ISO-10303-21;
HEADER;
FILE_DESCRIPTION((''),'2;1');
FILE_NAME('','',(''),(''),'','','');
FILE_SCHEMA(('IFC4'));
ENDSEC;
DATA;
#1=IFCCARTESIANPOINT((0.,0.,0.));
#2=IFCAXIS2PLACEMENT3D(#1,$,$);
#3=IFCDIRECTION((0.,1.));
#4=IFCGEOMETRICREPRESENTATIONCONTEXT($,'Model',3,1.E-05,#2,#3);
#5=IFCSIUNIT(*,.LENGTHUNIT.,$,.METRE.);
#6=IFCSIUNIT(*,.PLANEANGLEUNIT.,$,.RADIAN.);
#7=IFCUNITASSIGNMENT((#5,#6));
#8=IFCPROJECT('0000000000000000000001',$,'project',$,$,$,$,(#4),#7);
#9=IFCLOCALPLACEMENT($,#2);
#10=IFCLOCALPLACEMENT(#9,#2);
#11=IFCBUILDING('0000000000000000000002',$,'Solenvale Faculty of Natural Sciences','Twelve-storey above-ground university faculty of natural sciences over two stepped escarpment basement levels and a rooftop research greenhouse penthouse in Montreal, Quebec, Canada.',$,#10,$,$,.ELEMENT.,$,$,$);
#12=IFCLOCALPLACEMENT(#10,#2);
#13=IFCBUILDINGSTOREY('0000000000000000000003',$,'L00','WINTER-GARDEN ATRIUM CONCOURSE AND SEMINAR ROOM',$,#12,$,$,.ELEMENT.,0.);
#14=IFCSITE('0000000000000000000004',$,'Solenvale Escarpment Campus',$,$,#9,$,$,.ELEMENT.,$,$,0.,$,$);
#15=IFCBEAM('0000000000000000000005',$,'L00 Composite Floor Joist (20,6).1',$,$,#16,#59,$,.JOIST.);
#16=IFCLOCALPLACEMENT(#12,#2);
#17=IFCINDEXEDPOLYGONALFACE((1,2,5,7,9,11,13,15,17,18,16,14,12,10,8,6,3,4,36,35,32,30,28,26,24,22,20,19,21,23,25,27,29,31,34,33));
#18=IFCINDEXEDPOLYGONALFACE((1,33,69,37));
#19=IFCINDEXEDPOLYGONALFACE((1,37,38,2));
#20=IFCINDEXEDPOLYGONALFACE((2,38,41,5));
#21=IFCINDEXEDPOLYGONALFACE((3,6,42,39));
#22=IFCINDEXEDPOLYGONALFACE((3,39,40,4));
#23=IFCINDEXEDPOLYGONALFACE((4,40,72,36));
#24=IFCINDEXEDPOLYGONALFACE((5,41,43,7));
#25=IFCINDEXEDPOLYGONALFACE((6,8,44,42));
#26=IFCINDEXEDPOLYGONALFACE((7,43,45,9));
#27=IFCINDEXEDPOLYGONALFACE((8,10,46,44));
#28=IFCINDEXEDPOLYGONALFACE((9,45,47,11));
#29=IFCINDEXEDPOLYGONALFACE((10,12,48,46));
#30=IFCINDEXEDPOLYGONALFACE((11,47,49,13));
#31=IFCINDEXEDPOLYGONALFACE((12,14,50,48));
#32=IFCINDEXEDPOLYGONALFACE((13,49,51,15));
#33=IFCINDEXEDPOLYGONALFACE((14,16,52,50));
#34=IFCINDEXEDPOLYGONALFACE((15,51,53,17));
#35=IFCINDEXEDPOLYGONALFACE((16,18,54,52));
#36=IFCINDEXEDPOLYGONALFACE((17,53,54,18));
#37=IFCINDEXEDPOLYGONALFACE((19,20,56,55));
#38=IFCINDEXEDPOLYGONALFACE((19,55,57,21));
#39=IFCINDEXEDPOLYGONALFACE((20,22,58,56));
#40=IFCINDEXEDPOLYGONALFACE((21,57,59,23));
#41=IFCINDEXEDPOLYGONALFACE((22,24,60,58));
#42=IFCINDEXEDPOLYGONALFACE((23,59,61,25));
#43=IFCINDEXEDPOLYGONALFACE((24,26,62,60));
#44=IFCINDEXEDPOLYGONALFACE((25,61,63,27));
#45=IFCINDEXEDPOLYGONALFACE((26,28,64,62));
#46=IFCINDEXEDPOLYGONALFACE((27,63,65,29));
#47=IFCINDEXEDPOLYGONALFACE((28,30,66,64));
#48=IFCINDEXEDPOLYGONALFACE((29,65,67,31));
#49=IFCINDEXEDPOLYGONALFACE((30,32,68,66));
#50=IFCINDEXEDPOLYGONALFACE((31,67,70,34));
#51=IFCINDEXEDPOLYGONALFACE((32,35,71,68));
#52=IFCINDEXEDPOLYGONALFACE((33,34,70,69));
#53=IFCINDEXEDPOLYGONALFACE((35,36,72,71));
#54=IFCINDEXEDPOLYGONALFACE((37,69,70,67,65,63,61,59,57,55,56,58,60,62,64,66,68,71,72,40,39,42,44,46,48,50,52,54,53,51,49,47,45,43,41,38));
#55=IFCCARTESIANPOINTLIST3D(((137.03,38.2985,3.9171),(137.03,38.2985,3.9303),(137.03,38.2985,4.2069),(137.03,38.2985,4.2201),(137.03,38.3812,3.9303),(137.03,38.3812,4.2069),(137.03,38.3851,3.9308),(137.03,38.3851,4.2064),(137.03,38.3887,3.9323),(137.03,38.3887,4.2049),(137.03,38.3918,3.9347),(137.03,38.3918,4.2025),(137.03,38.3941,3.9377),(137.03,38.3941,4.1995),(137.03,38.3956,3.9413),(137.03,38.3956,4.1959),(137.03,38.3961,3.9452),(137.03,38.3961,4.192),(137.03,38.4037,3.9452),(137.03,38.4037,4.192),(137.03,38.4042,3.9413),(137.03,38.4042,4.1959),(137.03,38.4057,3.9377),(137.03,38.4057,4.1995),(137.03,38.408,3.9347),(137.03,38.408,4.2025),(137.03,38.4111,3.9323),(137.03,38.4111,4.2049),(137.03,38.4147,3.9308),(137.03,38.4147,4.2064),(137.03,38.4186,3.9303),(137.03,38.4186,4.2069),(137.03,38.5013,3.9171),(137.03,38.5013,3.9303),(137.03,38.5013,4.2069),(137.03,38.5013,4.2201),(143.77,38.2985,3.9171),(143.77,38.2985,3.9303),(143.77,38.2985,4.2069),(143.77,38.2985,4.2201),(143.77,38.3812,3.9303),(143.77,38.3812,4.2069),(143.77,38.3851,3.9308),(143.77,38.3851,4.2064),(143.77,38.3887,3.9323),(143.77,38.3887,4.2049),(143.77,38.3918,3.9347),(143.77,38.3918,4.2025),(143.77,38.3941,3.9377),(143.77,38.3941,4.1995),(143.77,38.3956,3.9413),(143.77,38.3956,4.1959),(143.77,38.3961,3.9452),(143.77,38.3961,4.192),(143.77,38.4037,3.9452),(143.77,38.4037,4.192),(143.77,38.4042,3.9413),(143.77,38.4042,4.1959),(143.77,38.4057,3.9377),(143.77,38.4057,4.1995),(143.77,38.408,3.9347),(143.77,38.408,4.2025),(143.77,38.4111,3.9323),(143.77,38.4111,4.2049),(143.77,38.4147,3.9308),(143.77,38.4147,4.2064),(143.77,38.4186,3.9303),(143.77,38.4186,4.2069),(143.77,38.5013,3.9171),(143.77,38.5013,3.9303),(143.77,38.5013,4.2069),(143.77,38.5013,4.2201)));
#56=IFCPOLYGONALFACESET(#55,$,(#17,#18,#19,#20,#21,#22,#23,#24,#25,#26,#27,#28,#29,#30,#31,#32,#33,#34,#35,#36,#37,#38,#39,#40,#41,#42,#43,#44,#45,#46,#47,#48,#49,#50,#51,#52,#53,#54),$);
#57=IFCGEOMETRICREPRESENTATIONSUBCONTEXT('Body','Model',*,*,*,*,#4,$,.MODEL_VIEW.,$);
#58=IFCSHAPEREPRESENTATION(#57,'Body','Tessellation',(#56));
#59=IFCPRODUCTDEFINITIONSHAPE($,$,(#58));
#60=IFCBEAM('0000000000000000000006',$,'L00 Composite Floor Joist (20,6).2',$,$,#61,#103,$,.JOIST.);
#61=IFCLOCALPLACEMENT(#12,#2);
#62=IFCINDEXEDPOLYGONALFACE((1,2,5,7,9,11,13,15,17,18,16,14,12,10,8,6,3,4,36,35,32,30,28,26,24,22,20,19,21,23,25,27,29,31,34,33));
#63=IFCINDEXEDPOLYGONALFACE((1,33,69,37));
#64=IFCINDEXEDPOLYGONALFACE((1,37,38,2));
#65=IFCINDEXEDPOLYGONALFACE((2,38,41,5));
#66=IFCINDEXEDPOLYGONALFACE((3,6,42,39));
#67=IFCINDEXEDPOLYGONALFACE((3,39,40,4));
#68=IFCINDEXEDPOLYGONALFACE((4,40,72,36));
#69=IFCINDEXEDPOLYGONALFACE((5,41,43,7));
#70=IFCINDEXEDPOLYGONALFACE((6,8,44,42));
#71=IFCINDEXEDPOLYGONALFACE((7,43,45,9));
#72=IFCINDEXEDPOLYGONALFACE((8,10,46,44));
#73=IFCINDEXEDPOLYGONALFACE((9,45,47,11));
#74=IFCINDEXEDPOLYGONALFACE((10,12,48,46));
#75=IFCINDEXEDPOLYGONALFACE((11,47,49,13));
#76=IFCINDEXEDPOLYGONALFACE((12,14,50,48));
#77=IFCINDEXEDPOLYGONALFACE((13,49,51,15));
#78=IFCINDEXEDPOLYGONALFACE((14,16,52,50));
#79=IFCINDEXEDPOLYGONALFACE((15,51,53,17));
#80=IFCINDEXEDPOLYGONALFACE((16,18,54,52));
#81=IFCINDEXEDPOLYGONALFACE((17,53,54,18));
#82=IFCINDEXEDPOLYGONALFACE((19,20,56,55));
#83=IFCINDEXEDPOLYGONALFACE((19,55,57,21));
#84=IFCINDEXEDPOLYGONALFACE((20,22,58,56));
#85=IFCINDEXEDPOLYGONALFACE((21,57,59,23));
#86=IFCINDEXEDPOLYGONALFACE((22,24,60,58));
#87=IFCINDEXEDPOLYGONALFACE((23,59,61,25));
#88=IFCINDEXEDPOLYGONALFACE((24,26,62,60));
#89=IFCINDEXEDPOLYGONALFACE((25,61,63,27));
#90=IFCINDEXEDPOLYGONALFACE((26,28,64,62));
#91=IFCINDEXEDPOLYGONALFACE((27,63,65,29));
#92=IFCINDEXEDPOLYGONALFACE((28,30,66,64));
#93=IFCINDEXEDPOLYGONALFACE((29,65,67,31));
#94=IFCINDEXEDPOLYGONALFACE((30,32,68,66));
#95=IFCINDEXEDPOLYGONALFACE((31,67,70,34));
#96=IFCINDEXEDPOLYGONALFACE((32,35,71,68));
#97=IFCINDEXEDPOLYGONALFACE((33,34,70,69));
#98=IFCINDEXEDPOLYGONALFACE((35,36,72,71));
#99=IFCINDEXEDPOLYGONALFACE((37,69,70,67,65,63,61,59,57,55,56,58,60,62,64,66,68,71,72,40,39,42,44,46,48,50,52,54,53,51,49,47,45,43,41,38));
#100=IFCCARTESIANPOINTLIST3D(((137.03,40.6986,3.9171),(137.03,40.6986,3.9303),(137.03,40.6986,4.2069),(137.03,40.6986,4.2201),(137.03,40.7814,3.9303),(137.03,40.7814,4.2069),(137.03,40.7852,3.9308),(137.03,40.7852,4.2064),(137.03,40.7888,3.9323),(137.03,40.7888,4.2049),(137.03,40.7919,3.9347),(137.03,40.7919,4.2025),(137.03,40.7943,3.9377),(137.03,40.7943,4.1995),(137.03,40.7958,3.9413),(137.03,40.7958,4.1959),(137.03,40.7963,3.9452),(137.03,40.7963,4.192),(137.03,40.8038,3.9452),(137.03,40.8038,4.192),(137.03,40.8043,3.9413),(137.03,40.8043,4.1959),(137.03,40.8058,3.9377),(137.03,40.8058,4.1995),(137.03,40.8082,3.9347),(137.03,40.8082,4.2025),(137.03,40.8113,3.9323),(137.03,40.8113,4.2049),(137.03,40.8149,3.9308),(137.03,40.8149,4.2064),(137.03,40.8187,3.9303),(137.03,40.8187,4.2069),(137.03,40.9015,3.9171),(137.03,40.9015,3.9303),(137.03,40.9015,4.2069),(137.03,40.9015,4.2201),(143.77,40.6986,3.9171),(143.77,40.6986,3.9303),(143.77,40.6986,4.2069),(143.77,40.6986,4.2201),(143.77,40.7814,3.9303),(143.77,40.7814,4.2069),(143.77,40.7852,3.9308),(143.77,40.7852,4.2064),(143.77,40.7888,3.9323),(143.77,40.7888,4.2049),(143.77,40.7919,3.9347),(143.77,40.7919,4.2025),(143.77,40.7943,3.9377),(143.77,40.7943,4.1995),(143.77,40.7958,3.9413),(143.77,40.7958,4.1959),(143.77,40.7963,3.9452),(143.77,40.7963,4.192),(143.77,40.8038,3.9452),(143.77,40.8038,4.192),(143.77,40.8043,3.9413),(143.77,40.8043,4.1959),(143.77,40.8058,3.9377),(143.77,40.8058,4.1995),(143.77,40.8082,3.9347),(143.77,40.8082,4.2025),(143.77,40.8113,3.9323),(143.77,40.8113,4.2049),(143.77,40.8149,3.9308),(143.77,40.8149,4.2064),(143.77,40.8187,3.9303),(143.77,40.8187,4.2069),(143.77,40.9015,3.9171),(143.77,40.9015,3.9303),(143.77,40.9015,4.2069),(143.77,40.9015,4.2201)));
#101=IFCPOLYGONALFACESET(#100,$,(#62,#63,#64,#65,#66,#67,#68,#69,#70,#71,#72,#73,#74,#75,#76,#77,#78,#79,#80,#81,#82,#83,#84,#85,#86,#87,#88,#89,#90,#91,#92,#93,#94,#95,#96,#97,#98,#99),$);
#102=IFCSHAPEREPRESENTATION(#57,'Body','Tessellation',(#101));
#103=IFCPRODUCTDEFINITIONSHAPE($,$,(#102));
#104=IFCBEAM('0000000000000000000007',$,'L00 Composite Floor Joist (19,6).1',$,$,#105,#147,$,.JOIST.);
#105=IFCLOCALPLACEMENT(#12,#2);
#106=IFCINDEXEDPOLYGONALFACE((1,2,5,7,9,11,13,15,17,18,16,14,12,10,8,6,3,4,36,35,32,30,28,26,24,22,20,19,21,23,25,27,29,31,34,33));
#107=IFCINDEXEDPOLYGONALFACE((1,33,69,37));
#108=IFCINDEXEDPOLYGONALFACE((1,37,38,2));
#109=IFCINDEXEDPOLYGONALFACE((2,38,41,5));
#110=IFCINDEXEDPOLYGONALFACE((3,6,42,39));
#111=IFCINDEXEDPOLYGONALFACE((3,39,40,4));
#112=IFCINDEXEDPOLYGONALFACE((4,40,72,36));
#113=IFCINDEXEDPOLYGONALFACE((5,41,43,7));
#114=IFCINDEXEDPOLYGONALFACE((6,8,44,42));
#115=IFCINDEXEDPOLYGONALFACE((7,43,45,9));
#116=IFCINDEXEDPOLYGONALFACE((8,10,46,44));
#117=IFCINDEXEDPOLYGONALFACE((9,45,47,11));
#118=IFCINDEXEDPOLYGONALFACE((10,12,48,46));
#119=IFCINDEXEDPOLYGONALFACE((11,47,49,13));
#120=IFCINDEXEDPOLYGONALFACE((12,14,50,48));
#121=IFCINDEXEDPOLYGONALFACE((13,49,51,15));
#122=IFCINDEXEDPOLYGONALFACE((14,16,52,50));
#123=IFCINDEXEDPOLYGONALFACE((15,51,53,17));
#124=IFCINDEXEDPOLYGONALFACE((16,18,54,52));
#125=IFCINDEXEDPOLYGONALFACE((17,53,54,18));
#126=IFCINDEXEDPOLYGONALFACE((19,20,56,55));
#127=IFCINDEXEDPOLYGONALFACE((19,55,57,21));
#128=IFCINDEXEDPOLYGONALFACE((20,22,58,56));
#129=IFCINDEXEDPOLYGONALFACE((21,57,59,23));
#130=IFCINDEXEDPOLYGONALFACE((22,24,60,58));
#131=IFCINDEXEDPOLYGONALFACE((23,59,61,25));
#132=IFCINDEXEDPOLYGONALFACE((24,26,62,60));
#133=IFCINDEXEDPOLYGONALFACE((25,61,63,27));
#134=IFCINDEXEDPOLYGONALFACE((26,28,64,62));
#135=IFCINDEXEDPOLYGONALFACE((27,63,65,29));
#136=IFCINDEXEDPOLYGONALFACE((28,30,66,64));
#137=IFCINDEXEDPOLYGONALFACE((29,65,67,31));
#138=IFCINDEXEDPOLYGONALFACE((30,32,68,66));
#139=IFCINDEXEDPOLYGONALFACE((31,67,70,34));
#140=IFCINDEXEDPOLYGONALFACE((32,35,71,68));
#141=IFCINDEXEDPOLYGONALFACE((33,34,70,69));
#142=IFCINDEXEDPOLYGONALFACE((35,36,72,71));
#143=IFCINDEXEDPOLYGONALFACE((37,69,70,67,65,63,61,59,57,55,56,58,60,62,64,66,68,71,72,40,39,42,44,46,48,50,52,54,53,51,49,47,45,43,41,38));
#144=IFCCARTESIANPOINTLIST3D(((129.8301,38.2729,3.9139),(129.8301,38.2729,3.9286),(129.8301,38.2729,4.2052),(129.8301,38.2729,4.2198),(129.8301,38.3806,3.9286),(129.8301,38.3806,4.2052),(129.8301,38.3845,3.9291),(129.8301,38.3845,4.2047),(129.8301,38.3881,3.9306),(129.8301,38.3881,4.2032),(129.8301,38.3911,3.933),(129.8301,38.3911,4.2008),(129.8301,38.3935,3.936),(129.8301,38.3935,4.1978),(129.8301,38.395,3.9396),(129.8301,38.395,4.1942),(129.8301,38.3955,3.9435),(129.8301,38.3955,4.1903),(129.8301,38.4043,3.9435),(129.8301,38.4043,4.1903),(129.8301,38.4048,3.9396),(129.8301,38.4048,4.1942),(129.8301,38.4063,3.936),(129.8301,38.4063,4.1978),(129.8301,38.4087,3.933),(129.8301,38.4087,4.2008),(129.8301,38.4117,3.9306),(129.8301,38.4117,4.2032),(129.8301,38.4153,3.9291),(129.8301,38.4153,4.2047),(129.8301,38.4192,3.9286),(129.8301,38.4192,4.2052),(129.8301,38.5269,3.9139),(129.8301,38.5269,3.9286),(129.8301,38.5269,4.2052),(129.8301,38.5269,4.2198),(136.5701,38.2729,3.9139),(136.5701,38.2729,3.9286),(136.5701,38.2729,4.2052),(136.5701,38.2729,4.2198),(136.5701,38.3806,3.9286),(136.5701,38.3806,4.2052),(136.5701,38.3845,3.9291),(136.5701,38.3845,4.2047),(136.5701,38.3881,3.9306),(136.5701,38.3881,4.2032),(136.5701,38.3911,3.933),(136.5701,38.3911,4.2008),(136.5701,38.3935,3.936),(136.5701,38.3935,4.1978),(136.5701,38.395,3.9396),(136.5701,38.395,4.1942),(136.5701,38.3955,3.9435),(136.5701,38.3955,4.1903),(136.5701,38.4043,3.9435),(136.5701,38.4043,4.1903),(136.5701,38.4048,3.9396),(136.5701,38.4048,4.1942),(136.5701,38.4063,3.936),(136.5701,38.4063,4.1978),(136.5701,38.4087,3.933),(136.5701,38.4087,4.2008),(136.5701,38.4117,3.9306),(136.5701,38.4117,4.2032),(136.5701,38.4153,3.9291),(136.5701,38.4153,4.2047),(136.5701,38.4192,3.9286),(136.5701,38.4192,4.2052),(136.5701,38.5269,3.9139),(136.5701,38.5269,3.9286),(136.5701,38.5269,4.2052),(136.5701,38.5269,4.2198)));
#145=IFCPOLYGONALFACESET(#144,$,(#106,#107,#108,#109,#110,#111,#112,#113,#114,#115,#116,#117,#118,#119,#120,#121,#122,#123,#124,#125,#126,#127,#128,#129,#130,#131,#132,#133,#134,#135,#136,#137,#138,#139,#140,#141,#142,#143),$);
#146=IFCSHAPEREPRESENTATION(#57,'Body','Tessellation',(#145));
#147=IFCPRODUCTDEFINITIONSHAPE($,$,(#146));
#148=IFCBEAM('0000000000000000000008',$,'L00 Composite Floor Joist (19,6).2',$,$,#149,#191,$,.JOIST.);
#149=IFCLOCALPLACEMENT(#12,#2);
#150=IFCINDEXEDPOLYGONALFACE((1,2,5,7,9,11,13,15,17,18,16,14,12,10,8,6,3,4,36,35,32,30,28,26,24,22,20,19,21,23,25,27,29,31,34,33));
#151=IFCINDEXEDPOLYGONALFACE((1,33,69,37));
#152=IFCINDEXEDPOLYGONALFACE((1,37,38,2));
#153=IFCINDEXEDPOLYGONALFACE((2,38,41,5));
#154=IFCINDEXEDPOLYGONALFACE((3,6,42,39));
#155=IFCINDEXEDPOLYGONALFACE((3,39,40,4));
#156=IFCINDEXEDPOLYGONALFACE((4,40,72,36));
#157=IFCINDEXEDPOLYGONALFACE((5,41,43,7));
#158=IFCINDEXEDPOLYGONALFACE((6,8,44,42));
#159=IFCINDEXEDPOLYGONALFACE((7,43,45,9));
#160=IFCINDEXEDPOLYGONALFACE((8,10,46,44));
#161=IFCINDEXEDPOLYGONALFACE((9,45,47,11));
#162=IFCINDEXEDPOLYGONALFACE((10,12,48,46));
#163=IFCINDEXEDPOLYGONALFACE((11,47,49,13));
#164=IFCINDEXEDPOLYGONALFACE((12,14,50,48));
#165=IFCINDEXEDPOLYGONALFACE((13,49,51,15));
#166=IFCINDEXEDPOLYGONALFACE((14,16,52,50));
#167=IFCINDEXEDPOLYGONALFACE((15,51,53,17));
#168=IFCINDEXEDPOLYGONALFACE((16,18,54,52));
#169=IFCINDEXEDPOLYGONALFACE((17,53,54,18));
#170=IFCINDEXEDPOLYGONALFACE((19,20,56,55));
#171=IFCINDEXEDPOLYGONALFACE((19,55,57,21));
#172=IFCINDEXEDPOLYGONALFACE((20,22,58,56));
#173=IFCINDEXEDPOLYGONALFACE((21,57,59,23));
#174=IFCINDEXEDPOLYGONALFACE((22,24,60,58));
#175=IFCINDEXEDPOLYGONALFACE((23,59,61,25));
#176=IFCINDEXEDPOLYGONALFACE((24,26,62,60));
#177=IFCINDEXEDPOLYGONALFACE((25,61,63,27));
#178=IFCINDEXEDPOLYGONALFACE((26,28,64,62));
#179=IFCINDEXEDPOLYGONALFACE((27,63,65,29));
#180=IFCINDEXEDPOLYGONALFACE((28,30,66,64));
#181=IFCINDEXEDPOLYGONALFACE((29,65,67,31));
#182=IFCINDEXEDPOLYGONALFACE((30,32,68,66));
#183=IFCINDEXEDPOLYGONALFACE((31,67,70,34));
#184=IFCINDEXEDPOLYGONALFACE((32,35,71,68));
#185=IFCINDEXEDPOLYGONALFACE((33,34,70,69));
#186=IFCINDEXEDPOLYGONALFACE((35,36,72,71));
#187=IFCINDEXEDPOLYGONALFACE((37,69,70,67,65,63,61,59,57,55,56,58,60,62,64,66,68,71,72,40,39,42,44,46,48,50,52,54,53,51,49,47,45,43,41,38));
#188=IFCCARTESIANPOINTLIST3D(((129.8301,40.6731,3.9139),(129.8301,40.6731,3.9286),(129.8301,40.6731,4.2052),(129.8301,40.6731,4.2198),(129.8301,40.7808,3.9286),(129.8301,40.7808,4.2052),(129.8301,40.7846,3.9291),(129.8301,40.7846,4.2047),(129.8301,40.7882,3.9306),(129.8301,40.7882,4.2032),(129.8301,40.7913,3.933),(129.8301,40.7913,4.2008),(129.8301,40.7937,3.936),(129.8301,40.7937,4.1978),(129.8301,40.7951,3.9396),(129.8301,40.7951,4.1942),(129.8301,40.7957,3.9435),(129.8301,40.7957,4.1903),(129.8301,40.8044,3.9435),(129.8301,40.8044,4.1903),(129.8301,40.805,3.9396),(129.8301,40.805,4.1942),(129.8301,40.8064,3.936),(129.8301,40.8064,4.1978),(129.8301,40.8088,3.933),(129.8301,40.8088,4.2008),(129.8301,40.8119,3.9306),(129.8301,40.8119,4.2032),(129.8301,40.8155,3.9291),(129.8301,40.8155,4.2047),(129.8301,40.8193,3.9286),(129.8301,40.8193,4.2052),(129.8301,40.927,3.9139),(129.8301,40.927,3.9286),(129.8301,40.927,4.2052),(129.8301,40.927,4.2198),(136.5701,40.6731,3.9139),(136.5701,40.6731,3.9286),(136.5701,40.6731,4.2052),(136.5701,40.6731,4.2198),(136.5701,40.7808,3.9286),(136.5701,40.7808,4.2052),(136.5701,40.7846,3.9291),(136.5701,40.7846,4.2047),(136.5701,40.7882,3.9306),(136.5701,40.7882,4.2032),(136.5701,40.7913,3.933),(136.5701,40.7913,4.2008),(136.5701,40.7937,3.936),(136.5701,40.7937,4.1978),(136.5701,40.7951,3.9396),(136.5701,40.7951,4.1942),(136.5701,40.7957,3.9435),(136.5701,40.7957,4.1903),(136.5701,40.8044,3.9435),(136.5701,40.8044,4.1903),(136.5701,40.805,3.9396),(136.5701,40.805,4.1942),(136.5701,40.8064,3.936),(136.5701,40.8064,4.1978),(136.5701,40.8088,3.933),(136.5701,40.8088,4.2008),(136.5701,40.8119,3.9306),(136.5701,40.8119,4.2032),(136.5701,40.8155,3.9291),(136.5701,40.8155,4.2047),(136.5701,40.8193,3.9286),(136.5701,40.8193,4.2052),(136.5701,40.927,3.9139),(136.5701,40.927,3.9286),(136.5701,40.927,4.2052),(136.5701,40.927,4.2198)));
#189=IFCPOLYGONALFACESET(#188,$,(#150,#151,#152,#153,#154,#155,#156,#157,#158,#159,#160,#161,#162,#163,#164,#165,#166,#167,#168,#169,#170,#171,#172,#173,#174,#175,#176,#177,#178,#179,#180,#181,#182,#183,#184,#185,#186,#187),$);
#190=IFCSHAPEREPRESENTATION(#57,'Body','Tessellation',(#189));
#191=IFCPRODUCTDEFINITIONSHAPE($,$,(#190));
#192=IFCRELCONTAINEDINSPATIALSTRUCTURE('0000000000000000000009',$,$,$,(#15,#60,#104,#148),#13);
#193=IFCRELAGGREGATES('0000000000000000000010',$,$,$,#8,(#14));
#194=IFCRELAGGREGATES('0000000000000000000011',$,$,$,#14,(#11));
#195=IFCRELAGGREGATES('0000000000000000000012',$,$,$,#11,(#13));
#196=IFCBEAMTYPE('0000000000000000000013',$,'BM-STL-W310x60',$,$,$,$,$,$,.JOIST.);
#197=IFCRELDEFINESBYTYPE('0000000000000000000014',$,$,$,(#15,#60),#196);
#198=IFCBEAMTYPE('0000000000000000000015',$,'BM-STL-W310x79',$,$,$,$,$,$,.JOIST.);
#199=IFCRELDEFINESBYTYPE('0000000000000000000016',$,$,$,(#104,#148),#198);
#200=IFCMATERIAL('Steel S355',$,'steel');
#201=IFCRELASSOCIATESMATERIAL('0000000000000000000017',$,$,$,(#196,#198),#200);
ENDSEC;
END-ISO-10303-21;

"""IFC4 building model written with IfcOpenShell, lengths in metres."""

from ifc_helpers import new_model, si_unit, direction, frame, origin, origin_2d, place, context, subcontext, project, spatial, i_section, extrude, material, material_profile, profile_set, type_object, element, save


model = new_model("IFC4")

# Units and contexts
model_context = context("Model", 3, precision=1e-05, world=origin(), true_north=direction((0.0, 1.0)))
body_context = subcontext(model_context, "Body", "Model", "MODEL_VIEW")
ifc_project = project(units=[si_unit("LENGTHUNIT", "METRE"), si_unit("PLANEANGLEUNIT", "RADIAN")], contexts=[model_context])

# Site, building, storey
site_placement = place(None, origin())
site = spatial("IfcSite", under=ifc_project, at=site_placement, Name="Solenvale Escarpment Campus", CompositionType="ELEMENT", RefElevation=0.0)
building_placement = place(site_placement, origin())
building = spatial("IfcBuilding", under=site, at=building_placement, Name="Solenvale Faculty of Natural Sciences", Description="Twelve-storey above-ground university faculty of natural sciences over two stepped escarpment basement levels and a rooftop research greenhouse penthouse in Montreal, Quebec, Canada.", CompositionType="ELEMENT")
storey_placement = place(building_placement, origin())
storey = spatial("IfcBuildingStorey", under=building, at=storey_placement, Name="L00", Description="WINTER-GARDEN ATRIUM CONCOURSE AND SEMINAR ROOM", CompositionType="ELEMENT", Elevation=0.0)

# Beams
ifc_material_1 = material(Name="Steel S355", Category="steel")
ifc_material_profile_1 = material_profile(ifc_material_1, i_section(OverallWidth=0.2029, OverallDepth=0.303, WebThickness=0.0076, FlangeThickness=0.0132, FilletRadius=0.0149, at=origin_2d()), Name="W310x60")
ifc_profile_set_1 = profile_set([ifc_material_profile_1], Name="Steel S355")
beam_type_1 = type_object("IfcBeamType", Name="BM-STL-W310x60", PredefinedType="JOIST", material=ifc_profile_set_1)
for number, where, z_axis, x_axis, name in (
    (1, (137.03, 38.3999, 4.0686), (1.0, 0.0, 0.0), (0.0, 1.0, 0.0), "L00 Composite Floor Joist (20,6).1"),
    (2, (137.03, 40.8, 4.0686), (1.0, 0.0, 0.0), (0.0, 1.0, 0.0), "L00 Composite Floor Joist (20,6).2"),
):
    element("IfcBeam", number, at=place(storey_placement, frame(where, z_axis=z_axis, x_axis=x_axis)), inside=storey, type_object=beam_type_1, Name=name, PredefinedType="JOIST", context=body_context, shape_type="SweptSolid", body=[
        extrude(i_section(OverallWidth=0.2029, OverallDepth=0.303, WebThickness=0.0076, FlangeThickness=0.0132, FilletRadius=0.0149, at=origin_2d()), origin(), (0.0, 0.0, 1.0), 6.74),
    ])
ifc_material_profile_2 = material_profile(ifc_material_1, i_section(OverallWidth=0.2539, OverallDepth=0.3059, WebThickness=0.0088, FlangeThickness=0.0146, FilletRadius=0.0149, at=origin_2d()), Name="W310x79")
ifc_profile_set_2 = profile_set([ifc_material_profile_2], Name="Steel S355")
beam_type_2 = type_object("IfcBeamType", Name="BM-STL-W310x79", PredefinedType="JOIST", material=ifc_profile_set_2)
for number, where, z_axis, x_axis, name in (
    (3, (129.8301, 38.3999, 4.0669), (1.0, 0.0, 0.0), (0.0, 1.0, 0.0), "L00 Composite Floor Joist (19,6).1"),
    (4, (129.8301, 40.8, 4.0669), (1.0, 0.0, 0.0), (0.0, 1.0, 0.0), "L00 Composite Floor Joist (19,6).2"),
):
    element("IfcBeam", number, at=place(storey_placement, frame(where, z_axis=z_axis, x_axis=x_axis)), inside=storey, type_object=beam_type_2, Name=name, PredefinedType="JOIST", context=body_context, shape_type="SweptSolid", body=[
        extrude(i_section(OverallWidth=0.2539, OverallDepth=0.3059, WebThickness=0.0088, FlangeThickness=0.0146, FilletRadius=0.0149, at=origin_2d()), origin(), (0.0, 0.0, 1.0), 6.74),
    ])

save(model, "model.ifc")
